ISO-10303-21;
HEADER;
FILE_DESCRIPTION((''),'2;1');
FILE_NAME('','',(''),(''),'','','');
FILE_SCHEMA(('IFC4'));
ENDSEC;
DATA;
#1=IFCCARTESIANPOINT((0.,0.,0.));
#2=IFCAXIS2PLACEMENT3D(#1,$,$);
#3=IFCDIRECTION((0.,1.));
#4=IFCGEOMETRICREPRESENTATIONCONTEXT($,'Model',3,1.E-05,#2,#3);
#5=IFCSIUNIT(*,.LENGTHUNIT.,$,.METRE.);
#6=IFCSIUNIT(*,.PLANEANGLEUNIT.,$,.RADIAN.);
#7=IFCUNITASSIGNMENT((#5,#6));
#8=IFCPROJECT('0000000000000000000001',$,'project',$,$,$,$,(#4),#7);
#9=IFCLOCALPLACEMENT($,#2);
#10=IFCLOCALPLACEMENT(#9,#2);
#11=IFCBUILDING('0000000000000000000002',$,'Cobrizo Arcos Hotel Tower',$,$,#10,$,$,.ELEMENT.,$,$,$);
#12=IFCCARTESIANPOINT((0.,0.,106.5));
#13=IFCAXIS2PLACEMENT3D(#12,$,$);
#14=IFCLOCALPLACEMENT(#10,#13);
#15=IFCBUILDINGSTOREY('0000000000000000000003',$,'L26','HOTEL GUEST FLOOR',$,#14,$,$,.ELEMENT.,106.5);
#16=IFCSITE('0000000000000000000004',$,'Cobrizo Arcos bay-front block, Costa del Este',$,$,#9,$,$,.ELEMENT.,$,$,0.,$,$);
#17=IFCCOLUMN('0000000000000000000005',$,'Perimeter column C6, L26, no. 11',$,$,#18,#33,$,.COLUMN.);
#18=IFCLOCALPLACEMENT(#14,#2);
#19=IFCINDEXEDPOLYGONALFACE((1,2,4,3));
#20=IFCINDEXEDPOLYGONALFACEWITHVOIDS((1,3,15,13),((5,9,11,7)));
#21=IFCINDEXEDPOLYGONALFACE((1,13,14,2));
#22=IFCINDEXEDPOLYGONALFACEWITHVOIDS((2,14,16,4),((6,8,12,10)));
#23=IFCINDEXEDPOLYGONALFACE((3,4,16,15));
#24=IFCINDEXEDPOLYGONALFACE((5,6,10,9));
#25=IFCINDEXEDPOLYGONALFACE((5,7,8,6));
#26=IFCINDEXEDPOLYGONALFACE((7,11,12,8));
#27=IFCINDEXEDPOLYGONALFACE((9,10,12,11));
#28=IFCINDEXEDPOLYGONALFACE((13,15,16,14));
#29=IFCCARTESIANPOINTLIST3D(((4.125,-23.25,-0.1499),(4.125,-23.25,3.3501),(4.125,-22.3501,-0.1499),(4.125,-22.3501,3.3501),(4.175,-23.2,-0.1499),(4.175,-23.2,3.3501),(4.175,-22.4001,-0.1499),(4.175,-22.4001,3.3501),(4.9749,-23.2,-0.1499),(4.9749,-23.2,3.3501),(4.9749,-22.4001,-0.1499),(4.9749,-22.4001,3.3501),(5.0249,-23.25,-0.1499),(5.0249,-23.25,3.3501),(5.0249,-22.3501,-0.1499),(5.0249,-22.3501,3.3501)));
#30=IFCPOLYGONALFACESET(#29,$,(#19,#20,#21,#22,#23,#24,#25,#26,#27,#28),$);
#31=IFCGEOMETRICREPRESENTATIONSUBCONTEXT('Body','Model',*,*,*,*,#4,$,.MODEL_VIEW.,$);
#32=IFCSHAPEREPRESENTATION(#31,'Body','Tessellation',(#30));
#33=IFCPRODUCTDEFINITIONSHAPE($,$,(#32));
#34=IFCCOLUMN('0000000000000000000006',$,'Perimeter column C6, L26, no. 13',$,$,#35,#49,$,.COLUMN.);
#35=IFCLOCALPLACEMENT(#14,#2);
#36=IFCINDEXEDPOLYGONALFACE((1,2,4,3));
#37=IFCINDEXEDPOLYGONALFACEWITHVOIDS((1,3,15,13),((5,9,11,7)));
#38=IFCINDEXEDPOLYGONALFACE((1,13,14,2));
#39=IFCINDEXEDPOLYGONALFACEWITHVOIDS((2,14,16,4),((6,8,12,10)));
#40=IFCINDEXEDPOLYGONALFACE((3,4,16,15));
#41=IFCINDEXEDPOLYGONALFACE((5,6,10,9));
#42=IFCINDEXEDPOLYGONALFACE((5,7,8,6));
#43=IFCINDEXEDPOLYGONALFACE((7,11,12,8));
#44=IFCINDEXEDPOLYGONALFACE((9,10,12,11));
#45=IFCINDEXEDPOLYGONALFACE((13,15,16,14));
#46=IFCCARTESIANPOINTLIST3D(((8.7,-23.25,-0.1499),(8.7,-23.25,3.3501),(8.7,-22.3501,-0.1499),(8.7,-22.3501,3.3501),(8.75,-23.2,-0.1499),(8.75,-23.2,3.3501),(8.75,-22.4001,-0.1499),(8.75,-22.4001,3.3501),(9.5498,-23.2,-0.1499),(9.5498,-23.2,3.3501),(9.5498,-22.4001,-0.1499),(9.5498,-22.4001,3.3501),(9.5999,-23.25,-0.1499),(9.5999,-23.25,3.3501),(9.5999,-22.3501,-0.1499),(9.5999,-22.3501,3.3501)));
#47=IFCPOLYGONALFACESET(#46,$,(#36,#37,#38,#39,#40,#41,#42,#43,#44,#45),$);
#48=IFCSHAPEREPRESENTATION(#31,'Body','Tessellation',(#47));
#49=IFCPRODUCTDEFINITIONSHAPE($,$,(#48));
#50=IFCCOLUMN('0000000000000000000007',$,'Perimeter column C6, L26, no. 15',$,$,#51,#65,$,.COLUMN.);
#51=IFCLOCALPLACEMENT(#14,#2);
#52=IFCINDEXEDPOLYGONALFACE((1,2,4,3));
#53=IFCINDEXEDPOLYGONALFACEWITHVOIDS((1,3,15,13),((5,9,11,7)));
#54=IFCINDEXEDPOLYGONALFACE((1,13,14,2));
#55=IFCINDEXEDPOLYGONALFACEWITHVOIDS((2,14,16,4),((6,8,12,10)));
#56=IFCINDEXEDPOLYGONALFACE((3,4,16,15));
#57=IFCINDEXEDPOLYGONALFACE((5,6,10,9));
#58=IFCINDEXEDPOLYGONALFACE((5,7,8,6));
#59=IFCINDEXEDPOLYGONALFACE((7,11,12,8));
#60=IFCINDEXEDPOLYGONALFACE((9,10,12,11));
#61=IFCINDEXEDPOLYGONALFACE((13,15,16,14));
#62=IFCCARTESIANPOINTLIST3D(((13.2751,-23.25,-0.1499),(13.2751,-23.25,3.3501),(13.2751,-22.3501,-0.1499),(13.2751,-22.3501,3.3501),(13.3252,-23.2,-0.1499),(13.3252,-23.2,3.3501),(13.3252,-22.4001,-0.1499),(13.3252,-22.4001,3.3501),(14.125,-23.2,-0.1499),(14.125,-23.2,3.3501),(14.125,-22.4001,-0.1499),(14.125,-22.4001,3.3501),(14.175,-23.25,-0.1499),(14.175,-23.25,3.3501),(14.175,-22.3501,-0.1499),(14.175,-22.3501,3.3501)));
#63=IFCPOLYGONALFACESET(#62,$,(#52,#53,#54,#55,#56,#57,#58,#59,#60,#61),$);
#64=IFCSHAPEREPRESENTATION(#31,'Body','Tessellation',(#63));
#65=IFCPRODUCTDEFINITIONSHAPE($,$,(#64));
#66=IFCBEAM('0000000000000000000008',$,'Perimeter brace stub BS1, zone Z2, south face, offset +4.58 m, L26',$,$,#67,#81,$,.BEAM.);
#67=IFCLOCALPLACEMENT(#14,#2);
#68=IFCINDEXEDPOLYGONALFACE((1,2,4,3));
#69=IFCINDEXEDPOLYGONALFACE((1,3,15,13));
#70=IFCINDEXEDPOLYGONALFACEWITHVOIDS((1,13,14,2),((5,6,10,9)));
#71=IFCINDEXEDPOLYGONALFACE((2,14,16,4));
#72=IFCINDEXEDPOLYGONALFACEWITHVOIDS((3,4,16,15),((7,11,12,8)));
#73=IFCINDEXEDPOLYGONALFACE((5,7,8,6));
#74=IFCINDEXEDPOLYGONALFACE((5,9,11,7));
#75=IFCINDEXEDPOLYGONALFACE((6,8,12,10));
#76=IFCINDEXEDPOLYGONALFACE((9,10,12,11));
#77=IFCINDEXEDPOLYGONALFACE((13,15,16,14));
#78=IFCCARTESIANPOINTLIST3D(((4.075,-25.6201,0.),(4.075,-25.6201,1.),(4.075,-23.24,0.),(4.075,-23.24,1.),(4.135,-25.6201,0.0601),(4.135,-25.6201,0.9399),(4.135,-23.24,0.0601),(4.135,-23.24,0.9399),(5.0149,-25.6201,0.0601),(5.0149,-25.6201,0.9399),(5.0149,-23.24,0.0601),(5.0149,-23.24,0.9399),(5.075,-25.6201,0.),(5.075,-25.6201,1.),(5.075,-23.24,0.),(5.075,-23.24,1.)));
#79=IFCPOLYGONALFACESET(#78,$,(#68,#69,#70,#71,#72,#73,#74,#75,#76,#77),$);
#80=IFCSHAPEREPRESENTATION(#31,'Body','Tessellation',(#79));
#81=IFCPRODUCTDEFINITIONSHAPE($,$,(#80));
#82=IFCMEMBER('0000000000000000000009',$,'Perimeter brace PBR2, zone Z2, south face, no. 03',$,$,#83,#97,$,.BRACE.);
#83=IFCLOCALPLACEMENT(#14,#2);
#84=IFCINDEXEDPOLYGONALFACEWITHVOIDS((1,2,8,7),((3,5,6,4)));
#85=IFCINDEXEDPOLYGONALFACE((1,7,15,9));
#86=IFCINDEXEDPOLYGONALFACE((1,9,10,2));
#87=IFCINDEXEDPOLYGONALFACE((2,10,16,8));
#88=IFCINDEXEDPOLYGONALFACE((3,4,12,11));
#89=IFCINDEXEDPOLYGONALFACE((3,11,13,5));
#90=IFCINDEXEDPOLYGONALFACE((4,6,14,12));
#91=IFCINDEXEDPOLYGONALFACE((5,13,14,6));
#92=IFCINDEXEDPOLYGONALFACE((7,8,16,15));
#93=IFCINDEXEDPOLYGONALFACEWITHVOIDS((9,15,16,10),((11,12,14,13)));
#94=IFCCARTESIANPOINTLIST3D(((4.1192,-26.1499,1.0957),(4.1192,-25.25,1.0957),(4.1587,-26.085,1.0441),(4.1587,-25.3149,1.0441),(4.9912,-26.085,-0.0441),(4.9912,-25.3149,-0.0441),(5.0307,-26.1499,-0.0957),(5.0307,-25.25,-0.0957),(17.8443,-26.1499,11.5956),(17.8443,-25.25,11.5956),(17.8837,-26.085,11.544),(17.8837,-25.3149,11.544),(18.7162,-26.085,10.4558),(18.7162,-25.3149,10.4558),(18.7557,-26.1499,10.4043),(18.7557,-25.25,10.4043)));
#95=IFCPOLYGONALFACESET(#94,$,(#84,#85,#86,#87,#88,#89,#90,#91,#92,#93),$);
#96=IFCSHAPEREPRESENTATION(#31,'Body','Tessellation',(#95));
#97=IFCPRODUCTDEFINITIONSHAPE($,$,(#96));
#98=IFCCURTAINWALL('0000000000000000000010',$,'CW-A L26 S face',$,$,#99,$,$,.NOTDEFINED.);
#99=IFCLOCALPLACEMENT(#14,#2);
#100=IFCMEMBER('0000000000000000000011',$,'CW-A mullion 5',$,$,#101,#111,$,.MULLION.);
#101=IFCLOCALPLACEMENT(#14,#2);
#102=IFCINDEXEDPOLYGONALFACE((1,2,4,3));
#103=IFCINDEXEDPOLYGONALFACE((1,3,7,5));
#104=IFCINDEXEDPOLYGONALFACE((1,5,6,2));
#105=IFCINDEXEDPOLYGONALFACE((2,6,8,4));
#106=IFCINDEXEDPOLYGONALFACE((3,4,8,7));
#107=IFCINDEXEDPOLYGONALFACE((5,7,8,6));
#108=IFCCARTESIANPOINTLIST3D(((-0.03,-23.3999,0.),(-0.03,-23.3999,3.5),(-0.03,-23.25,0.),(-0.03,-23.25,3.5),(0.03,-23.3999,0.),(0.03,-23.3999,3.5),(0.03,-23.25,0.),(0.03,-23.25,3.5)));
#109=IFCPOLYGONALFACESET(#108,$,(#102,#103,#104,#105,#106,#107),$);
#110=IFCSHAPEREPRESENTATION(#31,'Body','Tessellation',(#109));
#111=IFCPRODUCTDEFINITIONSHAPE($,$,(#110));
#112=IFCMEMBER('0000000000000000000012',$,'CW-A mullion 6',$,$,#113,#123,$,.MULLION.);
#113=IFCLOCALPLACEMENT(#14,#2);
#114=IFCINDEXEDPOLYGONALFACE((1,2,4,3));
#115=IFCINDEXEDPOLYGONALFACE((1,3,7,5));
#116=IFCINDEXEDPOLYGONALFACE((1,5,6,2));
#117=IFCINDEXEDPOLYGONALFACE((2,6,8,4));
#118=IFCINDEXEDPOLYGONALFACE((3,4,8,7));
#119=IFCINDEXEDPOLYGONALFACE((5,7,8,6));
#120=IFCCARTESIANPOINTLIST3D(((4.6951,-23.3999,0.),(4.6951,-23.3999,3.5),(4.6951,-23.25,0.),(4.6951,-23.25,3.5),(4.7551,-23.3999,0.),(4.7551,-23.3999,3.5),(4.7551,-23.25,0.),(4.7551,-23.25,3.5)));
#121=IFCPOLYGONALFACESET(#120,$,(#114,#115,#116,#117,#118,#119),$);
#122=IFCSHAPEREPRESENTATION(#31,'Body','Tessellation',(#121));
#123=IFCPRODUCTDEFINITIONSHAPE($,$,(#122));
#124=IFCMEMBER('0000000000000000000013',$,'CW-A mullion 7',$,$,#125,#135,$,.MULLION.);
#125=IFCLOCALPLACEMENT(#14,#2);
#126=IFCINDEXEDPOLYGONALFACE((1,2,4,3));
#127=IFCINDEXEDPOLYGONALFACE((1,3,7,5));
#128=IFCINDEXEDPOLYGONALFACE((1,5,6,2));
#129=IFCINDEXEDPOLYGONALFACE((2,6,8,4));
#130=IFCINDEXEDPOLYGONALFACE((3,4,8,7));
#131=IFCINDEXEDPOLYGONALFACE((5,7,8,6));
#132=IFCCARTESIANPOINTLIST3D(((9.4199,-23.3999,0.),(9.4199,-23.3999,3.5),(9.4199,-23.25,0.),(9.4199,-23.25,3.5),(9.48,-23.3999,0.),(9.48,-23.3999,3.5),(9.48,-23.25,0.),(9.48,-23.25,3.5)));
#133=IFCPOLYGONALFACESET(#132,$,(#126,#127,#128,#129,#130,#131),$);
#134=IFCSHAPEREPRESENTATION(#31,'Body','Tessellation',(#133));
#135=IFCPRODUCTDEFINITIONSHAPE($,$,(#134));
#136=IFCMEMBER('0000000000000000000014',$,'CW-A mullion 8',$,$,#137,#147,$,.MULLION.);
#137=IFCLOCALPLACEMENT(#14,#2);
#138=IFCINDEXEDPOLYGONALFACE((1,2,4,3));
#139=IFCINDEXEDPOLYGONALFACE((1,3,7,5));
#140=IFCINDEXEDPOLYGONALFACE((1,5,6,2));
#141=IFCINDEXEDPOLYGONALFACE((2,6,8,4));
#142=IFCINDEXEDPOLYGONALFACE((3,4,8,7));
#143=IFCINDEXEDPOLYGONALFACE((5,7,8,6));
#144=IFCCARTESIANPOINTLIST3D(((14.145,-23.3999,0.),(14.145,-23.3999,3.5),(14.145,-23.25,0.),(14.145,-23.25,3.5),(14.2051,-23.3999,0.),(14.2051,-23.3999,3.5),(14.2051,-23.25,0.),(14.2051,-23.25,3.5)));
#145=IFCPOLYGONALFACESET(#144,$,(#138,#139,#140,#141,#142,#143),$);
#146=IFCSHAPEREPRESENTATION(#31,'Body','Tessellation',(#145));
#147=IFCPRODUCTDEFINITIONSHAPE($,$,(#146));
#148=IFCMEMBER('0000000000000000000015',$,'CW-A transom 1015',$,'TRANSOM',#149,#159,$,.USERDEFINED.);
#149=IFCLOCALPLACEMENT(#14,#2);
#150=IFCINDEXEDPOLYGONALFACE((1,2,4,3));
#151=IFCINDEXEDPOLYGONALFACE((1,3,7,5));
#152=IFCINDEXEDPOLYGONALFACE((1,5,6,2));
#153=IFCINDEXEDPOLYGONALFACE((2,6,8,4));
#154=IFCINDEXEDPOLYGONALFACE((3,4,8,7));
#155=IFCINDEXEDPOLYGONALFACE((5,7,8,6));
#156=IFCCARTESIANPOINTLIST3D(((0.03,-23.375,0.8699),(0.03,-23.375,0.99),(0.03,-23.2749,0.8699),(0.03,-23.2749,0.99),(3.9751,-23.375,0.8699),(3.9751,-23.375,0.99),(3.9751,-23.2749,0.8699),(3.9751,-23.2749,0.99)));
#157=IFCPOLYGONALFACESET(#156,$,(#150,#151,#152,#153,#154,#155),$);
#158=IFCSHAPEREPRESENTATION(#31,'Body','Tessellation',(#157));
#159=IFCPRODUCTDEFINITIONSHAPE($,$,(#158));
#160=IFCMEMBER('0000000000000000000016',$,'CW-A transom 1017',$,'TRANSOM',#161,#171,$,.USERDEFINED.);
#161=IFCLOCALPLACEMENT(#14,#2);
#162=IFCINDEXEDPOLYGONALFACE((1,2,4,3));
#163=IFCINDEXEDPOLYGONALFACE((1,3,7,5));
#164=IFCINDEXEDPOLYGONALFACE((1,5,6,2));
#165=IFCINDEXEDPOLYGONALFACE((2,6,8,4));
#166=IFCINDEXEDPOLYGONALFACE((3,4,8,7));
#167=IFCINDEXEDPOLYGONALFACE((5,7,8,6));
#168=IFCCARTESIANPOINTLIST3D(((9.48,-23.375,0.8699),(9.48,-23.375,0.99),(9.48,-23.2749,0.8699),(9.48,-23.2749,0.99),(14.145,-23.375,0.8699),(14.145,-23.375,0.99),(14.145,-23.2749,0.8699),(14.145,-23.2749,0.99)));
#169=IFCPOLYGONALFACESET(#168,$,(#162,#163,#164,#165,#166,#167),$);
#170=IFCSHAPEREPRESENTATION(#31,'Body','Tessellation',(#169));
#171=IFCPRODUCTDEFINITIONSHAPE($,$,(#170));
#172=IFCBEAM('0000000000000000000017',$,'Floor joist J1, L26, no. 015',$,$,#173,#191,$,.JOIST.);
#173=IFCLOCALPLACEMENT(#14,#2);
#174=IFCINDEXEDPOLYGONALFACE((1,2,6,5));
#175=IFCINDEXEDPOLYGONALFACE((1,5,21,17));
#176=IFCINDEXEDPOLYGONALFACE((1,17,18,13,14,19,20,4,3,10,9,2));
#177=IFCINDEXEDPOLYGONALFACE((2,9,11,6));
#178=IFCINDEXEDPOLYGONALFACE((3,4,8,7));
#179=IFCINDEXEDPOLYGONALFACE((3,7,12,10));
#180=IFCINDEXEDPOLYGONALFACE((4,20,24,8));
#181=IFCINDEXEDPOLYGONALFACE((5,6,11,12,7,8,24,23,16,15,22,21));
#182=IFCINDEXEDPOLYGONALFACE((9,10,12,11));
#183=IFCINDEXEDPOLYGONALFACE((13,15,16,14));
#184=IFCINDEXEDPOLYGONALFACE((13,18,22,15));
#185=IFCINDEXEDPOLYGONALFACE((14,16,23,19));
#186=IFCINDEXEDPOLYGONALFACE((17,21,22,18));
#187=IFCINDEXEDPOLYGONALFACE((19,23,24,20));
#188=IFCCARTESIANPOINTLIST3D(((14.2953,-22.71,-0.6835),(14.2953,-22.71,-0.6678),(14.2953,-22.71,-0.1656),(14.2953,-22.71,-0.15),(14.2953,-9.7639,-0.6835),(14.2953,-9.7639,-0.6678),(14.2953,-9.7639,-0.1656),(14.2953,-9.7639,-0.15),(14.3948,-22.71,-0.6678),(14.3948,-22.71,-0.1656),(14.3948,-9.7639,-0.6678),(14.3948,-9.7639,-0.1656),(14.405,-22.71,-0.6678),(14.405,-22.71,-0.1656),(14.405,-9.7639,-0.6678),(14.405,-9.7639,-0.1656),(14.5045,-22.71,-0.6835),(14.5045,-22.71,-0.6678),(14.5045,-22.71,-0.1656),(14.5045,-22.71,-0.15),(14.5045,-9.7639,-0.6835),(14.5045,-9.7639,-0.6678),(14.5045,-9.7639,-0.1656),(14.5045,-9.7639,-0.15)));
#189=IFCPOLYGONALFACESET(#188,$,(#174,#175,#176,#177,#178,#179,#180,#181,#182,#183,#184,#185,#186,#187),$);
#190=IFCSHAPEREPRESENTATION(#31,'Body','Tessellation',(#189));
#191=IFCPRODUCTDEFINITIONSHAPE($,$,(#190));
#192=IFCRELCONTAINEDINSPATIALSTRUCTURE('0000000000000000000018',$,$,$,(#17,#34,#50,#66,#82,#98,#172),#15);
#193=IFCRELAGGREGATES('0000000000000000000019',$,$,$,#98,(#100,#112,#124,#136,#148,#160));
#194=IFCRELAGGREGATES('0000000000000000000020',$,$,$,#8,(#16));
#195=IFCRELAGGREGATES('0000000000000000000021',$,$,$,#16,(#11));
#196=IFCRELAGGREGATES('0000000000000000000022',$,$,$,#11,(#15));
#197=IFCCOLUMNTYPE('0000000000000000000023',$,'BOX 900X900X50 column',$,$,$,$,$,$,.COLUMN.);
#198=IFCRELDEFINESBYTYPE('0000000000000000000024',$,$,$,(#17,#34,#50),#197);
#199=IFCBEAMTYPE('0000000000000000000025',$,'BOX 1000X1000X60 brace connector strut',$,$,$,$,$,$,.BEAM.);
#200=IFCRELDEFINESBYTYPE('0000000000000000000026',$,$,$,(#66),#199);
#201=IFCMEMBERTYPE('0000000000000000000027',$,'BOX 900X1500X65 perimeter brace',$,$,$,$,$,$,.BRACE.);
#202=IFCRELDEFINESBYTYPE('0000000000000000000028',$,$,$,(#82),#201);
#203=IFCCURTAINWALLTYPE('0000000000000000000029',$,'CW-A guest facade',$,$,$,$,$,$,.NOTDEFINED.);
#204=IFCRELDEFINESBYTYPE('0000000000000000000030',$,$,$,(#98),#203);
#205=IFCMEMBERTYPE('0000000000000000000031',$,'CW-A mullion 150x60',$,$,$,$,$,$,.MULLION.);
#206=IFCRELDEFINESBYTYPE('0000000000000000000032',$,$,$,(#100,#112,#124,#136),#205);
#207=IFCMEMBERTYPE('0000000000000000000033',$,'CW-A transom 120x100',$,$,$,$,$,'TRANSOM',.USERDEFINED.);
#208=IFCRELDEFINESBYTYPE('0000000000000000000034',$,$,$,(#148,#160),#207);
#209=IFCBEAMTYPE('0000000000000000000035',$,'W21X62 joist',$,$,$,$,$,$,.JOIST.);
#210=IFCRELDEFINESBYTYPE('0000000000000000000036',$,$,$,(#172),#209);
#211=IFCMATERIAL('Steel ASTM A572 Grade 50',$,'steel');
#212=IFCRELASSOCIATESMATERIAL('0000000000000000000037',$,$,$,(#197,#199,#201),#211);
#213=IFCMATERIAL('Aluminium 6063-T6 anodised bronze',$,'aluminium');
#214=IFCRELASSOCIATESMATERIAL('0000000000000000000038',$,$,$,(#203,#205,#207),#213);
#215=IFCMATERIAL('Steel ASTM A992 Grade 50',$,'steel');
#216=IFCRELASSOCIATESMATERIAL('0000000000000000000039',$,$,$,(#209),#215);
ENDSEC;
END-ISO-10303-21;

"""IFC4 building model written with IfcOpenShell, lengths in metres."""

from ifc_helpers import new_model, si_unit, direction, frame, origin, origin_2d, place, context, subcontext, project, spatial, rectangle, hollow_rectangle, i_section, extrude, material, material_profile, profile_set, type_object, element, aggregate, save


model = new_model("IFC4")

# Units and contexts
model_context = context("Model", 3, precision=1e-05, world=origin(), true_north=direction((0.0, 1.0)))
body_context = subcontext(model_context, "Body", "Model", "MODEL_VIEW")
ifc_project = project(units=[si_unit("LENGTHUNIT", "METRE"), si_unit("PLANEANGLEUNIT", "RADIAN")], contexts=[model_context])

# Site, building, storey
site_placement = place(None, origin())
site = spatial("IfcSite", under=ifc_project, at=site_placement, Name="Cobrizo Arcos bay-front block, Costa del Este", CompositionType="ELEMENT", RefElevation=0.0)
building_placement = place(site_placement, origin())
building = spatial("IfcBuilding", under=site, at=building_placement, Name="Cobrizo Arcos Hotel Tower", CompositionType="ELEMENT")
storey_placement = place(building_placement, frame((0.0, 0.0, 106.5)))
storey = spatial("IfcBuildingStorey", under=building, at=storey_placement, Name="L26", Description="HOTEL GUEST FLOOR", CompositionType="ELEMENT", Elevation=106.5)

# Columns
ifc_material_1 = material(Name="Steel ASTM A572 Grade 50", Category="steel")
ifc_material_profile_1 = material_profile(ifc_material_1, hollow_rectangle(XDim=0.8999, YDim=0.8999, WallThickness=0.05, at=origin_2d()), Name="BOX 900X900X50")
ifc_profile_set_1 = profile_set([ifc_material_profile_1], Name="Steel ASTM A572 Grade 50")
column_type = type_object("IfcColumnType", Name="BOX 900X900X50 column", PredefinedType="COLUMN", material=ifc_profile_set_1)
for number, where, z_axis, x_axis, name in (
    (1, (4.575, -22.8, -0.1499), (0.0, 0.0, 1.0), (1.0, 0.0, 0.0), "Perimeter column C6, L26, no. 11"),
    (2, (9.1499, -22.8, -0.1499), (0.0, 0.0, 1.0), (1.0, 0.0, 0.0), "Perimeter column C6, L26, no. 13"),
    (3, (13.7251, -22.8, -0.1499), (0.0, 0.0, 1.0), (1.0, 0.0, 0.0), "Perimeter column C6, L26, no. 15"),
):
    element("IfcColumn", number, at=place(storey_placement, frame(where, z_axis=z_axis, x_axis=x_axis)), inside=storey, type_object=column_type, Name=name, PredefinedType="COLUMN", context=body_context, shape_type="SweptSolid", body=[
        extrude(hollow_rectangle(XDim=0.8999, YDim=0.8999, WallThickness=0.05, at=origin_2d()), origin(), (0.0, 0.0, 1.0), 3.5),
    ])

# Beam
ifc_material_profile_2 = material_profile(ifc_material_1, hollow_rectangle(XDim=1.0, YDim=1.0, WallThickness=0.0601, at=origin_2d()), Name="BOX 1000X1000X60")
ifc_profile_set_2 = profile_set([ifc_material_profile_2], Name="Steel ASTM A572 Grade 50")
beam_type_1 = type_object("IfcBeamType", Name="BOX 1000X1000X60 brace connector strut", PredefinedType="BEAM", material=ifc_profile_set_2)
beam_1_placement = place(storey_placement, frame((4.575, -23.24, 0.5), z_axis=(0.0, -1.0, 0.0), x_axis=(1.0, 0.0, 0.0)))
element("IfcBeam", 4, at=beam_1_placement, inside=storey, type_object=beam_type_1, Name="Perimeter brace stub BS1, zone Z2, south face, offset +4.58 m, L26", PredefinedType="BEAM", context=body_context, shape_type="SweptSolid", body=[
    extrude(hollow_rectangle(XDim=1.0, YDim=1.0, WallThickness=0.0601, at=origin_2d()), origin(), (0.0, 0.0, 1.0), 2.3801),
])

# Member
ifc_material_profile_3 = material_profile(ifc_material_1, hollow_rectangle(XDim=0.8999, YDim=1.5, WallThickness=0.0649, at=origin_2d()), Name="BOX 900X1500X65")
ifc_profile_set_3 = profile_set([ifc_material_profile_3], Name="Steel ASTM A572 Grade 50")
member_type_1 = type_object("IfcMemberType", Name="BOX 900X1500X65 perimeter brace", PredefinedType="BRACE", material=ifc_profile_set_3)
member_1_placement = place(storey_placement, frame((4.575, -25.7, 0.5), z_axis=(0.794237, 0.0, 0.607608), x_axis=(0.0, 1.0, 0.0)))
element("IfcMember", 5, at=member_1_placement, inside=storey, type_object=member_type_1, Name="Perimeter brace PBR2, zone Z2, south face, no. 03", PredefinedType="BRACE", context=body_context, shape_type="SweptSolid", body=[
    extrude(hollow_rectangle(XDim=0.8999, YDim=1.5, WallThickness=0.0649, at=origin_2d()), origin(), (0.0, 0.0, 1.0), 17.2808),
])

# Curtain wall, members
ifc_material_2 = material(Name="Aluminium 6063-T6 anodised bronze", Category="aluminium")
curtain_wall_type = type_object("IfcCurtainWallType", Name="CW-A guest facade", PredefinedType="NOTDEFINED", material=ifc_material_2)
curtain_wall_placement = place(storey_placement, origin())
curtain_wall = element("IfcCurtainWall", 6, at=curtain_wall_placement, inside=storey, type_object=curtain_wall_type, Name="CW-A L26 S face", PredefinedType="NOTDEFINED")
ifc_material_profile_4 = material_profile(ifc_material_2, rectangle(XDim=0.1499, YDim=0.0601, at=origin_2d()), Name="CW-A mullion 150x60")
ifc_profile_set_4 = profile_set([ifc_material_profile_4], Name="Aluminium 6063-T6 anodised bronze")
member_type_2 = type_object("IfcMemberType", Name="CW-A mullion 150x60", PredefinedType="MULLION", material=ifc_profile_set_4)
member_2_placement = place(storey_placement, frame((0.0, -23.325, 0.0), z_axis=(0.0, 0.0, 1.0), x_axis=(0.0, -1.0, 0.0)))
member_2 = element("IfcMember", 7, at=member_2_placement, type_object=member_type_2, Name="CW-A mullion 5", PredefinedType="MULLION", context=body_context, shape_type="SweptSolid", body=[
    extrude(rectangle(XDim=0.1499, YDim=0.0601, at=origin_2d()), origin(), (0.0, 0.0, 1.0), 3.5),
])
member_3_placement = place(storey_placement, frame((4.7251, -23.325, 0.0), z_axis=(0.0, 0.0, 1.0), x_axis=(0.0, -1.0, 0.0)))
member_3 = element("IfcMember", 8, at=member_3_placement, type_object=member_type_2, Name="CW-A mullion 6", PredefinedType="MULLION", context=body_context, shape_type="SweptSolid", body=[
    extrude(rectangle(XDim=0.1499, YDim=0.0601, at=origin_2d()), origin(), (0.0, 0.0, 1.0), 3.5),
])
member_4_placement = place(storey_placement, frame((9.45, -23.325, 0.0), z_axis=(0.0, 0.0, 1.0), x_axis=(0.0, -1.0, 0.0)))
member_4 = element("IfcMember", 9, at=member_4_placement, type_object=member_type_2, Name="CW-A mullion 7", PredefinedType="MULLION", context=body_context, shape_type="SweptSolid", body=[
    extrude(rectangle(XDim=0.1499, YDim=0.0601, at=origin_2d()), origin(), (0.0, 0.0, 1.0), 3.5),
])
member_5_placement = place(storey_placement, frame((14.175, -23.325, 0.0), z_axis=(0.0, 0.0, 1.0), x_axis=(0.0, -1.0, 0.0)))
member_5 = element("IfcMember", 10, at=member_5_placement, type_object=member_type_2, Name="CW-A mullion 8", PredefinedType="MULLION", context=body_context, shape_type="SweptSolid", body=[
    extrude(rectangle(XDim=0.1499, YDim=0.0601, at=origin_2d()), origin(), (0.0, 0.0, 1.0), 3.5),
])
ifc_material_profile_5 = material_profile(ifc_material_2, rectangle(XDim=0.1001, YDim=0.1201, at=origin_2d()), Name="CW-A transom 120x100")
ifc_profile_set_5 = profile_set([ifc_material_profile_5], Name="Aluminium 6063-T6 anodised bronze")
member_type_3 = type_object("IfcMemberType", Name="CW-A transom 120x100", ElementType="TRANSOM", PredefinedType="USERDEFINED", material=ifc_profile_set_5)
member_6_placement = place(storey_placement, frame((0.03, -23.325, 0.9299), z_axis=(1.0, 0.0, 0.0), x_axis=(0.0, 1.0, 0.0)))
member_6 = element("IfcMember", 11, at=member_6_placement, type_object=member_type_3, Name="CW-A transom 1015", ObjectType="TRANSOM", PredefinedType="USERDEFINED", context=body_context, shape_type="SweptSolid", body=[
    extrude(rectangle(XDim=0.1001, YDim=0.1201, at=origin_2d()), origin(), (0.0, 0.0, 1.0), 3.9451),
])
member_7_placement = place(storey_placement, frame((9.48, -23.325, 0.9299), z_axis=(1.0, 0.0, 0.0), x_axis=(0.0, 1.0, 0.0)))
member_7 = element("IfcMember", 12, at=member_7_placement, type_object=member_type_3, Name="CW-A transom 1017", ObjectType="TRANSOM", PredefinedType="USERDEFINED", context=body_context, shape_type="SweptSolid", body=[
    extrude(rectangle(XDim=0.1001, YDim=0.1201, at=origin_2d()), origin(), (0.0, 0.0, 1.0), 4.665),
])

# Beam
ifc_material_3 = material(Name="Steel ASTM A992 Grade 50", Category="steel")
ifc_material_profile_6 = material_profile(ifc_material_3, i_section(OverallWidth=0.2092, OverallDepth=0.5334, WebThickness=0.0103, FlangeThickness=0.0156, at=origin_2d()), Name="W21X62")
ifc_profile_set_6 = profile_set([ifc_material_profile_6], Name="Steel ASTM A992 Grade 50")
beam_type_2 = type_object("IfcBeamType", Name="W21X62 joist", PredefinedType="JOIST", material=ifc_profile_set_6)
beam_2_placement = place(storey_placement, frame((14.3999, -22.71, -0.4167), z_axis=(0.0, 1.0, 0.0), x_axis=(-1.0, 0.0, 0.0)))
element("IfcBeam", 13, at=beam_2_placement, inside=storey, type_object=beam_type_2, Name="Floor joist J1, L26, no. 015", PredefinedType="JOIST", context=body_context, shape_type="SweptSolid", body=[
    extrude(i_section(OverallWidth=0.2092, OverallDepth=0.5334, WebThickness=0.0103, FlangeThickness=0.0156, at=origin_2d()), origin(), (0.0, 0.0, 1.0), 12.946),
])

aggregate(curtain_wall, [member_2, member_3, member_4, member_5, member_6, member_7])

save(model, "model.ifc")
